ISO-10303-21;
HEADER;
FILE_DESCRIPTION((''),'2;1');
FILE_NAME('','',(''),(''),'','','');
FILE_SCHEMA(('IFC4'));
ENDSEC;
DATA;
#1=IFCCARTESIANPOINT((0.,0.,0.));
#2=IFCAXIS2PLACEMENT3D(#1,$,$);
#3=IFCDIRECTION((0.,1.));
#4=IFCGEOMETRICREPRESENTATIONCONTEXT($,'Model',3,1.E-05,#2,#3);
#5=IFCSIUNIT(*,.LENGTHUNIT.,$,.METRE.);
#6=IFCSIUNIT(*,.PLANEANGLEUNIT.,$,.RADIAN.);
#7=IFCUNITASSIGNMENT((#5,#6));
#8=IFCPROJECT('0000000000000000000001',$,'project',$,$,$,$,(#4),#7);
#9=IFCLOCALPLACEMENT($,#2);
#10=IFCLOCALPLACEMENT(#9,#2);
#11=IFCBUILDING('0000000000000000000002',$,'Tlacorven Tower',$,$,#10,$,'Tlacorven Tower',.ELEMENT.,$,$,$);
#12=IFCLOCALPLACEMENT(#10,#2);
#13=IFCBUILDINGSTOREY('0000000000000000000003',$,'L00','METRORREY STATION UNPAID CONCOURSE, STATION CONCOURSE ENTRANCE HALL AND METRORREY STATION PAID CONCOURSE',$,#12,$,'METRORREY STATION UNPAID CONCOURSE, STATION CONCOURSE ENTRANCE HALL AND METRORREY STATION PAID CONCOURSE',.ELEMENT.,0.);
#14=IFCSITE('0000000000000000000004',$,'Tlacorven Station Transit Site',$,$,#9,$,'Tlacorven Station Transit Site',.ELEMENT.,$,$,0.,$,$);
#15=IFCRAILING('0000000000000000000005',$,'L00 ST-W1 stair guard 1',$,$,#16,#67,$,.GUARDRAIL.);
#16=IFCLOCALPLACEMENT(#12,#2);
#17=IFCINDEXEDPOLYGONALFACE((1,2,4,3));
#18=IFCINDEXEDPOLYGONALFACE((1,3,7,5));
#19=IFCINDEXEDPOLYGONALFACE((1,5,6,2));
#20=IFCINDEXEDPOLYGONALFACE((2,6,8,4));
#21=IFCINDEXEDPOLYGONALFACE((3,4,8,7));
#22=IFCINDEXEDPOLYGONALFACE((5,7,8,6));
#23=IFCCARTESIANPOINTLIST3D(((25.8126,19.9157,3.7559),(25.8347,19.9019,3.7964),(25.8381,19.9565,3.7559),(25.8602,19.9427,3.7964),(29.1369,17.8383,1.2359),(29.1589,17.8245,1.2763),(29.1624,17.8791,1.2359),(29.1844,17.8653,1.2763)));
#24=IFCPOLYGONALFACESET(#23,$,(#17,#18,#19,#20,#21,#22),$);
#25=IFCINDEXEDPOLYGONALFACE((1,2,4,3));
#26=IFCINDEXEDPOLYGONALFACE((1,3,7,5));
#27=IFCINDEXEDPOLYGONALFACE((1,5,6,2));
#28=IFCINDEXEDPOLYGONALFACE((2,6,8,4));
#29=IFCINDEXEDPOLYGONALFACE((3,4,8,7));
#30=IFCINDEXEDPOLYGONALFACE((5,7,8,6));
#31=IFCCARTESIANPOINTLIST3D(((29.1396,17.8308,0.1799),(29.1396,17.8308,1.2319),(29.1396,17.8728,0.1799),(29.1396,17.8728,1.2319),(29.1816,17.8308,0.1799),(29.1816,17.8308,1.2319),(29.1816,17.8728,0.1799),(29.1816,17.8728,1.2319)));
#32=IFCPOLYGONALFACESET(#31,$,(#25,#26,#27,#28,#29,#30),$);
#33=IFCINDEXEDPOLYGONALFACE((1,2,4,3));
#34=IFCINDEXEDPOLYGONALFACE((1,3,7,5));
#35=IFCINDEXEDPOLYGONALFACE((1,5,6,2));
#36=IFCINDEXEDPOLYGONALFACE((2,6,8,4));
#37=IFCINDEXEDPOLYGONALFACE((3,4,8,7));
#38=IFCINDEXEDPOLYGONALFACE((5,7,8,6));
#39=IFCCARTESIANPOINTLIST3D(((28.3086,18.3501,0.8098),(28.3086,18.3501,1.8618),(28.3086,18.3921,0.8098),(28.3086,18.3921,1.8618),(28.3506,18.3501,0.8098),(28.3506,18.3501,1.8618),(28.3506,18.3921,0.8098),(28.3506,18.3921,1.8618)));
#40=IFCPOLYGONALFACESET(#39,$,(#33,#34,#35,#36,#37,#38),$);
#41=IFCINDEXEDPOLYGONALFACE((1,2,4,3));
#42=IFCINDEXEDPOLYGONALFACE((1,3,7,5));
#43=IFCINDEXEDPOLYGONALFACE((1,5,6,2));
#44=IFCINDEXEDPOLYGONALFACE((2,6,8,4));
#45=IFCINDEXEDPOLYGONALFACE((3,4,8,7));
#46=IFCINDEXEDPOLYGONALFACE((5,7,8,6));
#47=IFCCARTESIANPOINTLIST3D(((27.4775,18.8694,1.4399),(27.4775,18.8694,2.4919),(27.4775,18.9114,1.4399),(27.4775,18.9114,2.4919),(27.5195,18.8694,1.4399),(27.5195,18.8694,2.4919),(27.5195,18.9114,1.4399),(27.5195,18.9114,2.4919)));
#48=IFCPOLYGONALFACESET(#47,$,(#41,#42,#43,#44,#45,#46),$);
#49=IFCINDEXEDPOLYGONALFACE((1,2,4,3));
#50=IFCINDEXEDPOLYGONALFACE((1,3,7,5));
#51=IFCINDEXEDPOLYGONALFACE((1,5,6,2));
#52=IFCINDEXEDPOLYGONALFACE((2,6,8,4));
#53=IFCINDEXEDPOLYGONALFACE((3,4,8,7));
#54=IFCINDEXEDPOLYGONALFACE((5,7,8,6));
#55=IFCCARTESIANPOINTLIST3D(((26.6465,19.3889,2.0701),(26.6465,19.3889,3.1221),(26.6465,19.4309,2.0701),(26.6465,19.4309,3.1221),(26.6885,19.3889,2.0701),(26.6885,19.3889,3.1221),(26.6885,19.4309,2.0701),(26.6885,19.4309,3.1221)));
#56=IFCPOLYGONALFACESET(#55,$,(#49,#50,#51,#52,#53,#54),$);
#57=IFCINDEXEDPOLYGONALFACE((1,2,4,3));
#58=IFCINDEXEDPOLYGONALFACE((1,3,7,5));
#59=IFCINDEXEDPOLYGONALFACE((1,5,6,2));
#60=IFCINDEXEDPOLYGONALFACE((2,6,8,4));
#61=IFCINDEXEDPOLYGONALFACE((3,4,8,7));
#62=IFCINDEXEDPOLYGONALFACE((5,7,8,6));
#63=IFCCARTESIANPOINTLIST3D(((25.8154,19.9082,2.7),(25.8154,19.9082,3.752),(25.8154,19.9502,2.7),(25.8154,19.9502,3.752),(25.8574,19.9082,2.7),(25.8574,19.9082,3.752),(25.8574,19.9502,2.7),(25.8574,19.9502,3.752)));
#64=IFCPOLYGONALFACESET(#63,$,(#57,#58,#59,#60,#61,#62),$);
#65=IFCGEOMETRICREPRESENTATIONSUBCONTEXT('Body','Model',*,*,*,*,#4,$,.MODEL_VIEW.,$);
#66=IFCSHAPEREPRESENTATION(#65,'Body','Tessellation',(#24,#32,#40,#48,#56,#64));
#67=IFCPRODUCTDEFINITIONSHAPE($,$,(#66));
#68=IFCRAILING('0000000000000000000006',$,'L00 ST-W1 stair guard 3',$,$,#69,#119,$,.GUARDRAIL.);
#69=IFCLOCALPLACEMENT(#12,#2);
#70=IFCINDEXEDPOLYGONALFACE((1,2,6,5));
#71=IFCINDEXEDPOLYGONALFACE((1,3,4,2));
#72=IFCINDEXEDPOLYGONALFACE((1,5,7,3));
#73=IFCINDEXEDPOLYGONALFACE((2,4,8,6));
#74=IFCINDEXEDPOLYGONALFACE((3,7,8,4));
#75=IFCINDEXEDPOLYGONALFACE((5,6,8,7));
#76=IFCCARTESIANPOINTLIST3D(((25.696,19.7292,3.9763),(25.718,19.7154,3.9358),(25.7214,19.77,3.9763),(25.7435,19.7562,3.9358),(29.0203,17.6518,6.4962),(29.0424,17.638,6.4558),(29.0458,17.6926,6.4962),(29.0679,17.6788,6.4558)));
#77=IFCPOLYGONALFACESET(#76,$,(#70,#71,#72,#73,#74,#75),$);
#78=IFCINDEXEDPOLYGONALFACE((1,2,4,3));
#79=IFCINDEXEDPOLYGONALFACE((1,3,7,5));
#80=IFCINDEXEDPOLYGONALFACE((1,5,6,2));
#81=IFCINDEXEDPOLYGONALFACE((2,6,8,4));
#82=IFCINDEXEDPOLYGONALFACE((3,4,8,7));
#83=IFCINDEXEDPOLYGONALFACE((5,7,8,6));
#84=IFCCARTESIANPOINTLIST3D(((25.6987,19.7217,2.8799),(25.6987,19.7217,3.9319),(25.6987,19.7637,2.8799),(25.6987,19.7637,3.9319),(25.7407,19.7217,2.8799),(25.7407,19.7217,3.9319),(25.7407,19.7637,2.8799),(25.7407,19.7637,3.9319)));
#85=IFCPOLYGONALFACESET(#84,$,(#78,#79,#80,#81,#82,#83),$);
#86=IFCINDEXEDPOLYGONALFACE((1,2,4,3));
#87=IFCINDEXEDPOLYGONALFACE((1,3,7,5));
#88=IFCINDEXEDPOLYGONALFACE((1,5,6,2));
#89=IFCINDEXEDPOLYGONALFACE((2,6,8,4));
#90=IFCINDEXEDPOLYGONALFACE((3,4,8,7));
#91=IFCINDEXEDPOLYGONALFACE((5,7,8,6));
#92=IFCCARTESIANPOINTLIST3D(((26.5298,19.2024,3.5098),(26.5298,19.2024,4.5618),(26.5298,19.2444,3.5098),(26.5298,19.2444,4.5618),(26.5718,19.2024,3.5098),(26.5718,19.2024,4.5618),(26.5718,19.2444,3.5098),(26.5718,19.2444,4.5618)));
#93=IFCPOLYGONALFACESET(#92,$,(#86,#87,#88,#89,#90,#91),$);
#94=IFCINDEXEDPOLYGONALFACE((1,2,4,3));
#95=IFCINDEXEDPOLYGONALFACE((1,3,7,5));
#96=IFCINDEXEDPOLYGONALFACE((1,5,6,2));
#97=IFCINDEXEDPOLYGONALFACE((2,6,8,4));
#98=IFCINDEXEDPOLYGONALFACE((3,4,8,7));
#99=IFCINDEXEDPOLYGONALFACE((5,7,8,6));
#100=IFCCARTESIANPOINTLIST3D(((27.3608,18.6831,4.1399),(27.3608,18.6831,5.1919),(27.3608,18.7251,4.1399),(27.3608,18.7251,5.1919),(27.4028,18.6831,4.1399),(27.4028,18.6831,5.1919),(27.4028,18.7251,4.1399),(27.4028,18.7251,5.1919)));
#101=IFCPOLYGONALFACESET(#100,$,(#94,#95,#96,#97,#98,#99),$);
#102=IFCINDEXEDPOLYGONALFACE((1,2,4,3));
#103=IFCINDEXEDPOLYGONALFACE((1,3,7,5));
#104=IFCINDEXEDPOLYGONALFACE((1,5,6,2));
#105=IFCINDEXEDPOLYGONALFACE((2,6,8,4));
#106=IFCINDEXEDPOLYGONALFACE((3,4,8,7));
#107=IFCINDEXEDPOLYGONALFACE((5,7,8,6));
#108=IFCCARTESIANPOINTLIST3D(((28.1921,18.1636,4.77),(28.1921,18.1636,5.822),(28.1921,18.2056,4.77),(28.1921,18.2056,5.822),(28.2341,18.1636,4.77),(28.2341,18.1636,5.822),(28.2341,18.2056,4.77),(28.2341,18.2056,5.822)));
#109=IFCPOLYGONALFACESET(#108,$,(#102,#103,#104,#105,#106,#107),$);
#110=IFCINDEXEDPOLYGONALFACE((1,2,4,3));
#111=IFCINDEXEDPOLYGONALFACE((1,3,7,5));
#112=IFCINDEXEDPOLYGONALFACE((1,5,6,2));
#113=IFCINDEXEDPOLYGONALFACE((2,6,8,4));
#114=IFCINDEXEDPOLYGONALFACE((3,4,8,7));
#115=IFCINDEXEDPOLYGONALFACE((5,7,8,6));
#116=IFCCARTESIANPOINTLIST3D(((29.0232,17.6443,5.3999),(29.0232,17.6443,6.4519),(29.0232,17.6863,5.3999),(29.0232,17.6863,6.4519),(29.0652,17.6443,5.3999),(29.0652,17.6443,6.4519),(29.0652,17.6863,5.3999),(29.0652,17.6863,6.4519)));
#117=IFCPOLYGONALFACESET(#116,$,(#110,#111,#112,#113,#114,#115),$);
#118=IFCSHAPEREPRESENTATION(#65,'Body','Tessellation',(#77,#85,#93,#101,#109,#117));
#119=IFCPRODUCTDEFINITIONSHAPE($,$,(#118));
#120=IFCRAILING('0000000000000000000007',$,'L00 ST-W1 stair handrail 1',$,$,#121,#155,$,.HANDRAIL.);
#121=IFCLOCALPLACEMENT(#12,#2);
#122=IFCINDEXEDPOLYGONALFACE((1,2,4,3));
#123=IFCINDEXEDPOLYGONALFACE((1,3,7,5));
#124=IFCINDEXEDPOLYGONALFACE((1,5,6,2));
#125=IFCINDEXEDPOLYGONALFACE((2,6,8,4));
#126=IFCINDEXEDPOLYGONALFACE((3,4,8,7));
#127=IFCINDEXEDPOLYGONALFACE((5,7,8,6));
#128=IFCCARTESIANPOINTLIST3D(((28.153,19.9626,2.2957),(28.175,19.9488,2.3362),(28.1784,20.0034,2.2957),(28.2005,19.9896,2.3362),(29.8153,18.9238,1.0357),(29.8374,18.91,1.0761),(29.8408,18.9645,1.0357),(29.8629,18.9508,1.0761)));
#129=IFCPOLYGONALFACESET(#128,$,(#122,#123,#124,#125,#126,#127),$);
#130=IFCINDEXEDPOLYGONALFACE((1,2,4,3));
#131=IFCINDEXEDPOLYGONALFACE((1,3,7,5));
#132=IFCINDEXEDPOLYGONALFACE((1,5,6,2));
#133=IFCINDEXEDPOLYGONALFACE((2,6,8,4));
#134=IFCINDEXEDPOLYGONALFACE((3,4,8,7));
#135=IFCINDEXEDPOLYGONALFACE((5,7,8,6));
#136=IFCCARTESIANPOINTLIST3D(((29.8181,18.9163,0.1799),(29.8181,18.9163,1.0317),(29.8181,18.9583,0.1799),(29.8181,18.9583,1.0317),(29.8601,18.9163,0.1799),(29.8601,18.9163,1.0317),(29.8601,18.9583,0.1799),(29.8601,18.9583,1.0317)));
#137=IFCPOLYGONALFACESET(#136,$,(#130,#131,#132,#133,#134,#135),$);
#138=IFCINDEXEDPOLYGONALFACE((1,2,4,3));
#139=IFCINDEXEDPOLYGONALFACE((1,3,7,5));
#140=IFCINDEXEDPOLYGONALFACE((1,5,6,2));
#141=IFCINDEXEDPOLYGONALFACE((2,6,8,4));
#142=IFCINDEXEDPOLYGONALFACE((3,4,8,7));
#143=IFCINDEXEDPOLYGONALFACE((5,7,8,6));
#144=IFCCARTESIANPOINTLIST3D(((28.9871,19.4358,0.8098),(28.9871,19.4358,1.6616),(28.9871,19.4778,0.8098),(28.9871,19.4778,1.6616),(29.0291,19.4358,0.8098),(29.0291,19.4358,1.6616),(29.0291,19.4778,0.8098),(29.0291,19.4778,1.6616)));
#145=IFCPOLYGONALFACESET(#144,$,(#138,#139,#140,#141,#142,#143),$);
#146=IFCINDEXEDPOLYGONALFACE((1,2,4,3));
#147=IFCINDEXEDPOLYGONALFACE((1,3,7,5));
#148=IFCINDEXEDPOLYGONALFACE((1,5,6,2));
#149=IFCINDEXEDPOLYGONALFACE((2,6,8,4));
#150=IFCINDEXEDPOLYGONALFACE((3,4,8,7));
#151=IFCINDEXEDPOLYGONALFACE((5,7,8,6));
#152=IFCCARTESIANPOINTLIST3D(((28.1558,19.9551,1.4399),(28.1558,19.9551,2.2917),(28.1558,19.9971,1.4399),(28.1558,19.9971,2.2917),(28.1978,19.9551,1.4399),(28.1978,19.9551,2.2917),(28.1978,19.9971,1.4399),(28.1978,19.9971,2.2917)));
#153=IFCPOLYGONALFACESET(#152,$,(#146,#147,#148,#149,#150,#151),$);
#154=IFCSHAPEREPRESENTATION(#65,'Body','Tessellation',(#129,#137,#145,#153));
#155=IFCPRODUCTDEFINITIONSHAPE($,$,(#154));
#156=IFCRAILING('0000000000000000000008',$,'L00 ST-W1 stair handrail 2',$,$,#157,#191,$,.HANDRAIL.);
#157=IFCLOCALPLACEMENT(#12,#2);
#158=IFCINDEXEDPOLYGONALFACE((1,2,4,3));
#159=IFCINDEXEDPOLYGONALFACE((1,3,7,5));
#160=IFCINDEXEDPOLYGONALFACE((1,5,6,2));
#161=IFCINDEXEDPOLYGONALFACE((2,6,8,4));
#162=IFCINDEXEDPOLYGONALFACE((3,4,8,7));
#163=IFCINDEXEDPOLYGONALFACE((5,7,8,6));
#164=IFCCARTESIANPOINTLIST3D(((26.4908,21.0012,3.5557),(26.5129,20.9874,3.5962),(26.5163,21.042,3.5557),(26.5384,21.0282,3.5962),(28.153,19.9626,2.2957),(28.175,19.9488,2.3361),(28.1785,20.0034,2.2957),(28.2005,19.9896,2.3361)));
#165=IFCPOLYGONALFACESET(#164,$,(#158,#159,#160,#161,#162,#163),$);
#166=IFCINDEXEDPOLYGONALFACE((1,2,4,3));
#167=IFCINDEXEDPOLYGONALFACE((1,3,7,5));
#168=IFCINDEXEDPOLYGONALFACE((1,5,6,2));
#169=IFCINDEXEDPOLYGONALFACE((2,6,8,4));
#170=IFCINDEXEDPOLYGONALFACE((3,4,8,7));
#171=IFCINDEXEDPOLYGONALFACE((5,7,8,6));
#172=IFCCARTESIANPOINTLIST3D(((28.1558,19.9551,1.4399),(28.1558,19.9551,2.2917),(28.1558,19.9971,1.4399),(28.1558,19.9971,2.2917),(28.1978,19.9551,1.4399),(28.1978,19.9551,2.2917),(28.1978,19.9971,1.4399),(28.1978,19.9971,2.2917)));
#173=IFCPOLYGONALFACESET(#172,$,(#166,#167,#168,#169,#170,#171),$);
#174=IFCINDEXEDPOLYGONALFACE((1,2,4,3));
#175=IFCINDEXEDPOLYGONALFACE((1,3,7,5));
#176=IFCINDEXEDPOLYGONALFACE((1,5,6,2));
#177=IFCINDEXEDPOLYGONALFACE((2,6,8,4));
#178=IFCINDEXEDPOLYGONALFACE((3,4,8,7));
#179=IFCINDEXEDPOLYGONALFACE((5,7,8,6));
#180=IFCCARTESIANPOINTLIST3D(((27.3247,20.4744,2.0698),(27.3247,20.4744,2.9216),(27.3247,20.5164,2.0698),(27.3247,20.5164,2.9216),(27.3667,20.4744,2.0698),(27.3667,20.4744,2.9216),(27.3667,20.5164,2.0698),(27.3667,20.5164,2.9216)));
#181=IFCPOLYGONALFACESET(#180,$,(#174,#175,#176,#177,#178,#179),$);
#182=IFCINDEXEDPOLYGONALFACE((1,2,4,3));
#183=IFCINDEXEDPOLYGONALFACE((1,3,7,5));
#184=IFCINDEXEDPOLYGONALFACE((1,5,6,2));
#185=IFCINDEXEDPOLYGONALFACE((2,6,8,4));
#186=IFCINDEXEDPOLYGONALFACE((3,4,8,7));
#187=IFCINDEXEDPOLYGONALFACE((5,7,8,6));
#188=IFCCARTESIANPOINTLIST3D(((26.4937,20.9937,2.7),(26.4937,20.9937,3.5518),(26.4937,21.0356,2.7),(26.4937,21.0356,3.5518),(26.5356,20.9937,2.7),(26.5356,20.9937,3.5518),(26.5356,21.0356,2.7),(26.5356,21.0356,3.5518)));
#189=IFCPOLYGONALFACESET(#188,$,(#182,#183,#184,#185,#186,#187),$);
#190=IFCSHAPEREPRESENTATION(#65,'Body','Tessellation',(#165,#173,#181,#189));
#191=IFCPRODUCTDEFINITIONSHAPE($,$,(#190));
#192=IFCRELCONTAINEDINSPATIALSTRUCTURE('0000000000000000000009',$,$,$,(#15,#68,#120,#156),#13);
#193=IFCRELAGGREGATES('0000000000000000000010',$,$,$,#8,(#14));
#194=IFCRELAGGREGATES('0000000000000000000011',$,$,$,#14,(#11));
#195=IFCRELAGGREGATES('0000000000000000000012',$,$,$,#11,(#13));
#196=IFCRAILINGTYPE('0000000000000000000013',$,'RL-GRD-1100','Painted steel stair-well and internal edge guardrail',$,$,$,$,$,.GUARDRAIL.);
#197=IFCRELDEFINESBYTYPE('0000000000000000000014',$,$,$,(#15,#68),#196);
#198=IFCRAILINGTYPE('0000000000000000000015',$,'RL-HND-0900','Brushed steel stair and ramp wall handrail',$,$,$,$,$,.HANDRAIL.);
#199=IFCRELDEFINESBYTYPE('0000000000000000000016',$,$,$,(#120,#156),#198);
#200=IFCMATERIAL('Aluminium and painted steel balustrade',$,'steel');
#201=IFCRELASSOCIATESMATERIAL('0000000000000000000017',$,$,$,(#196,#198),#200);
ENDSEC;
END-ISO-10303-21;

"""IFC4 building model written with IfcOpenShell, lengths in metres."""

from ifc_helpers import new_model, si_unit, direction, frame, origin, origin_2d, place, context, subcontext, project, spatial, rectangle, extrude, source, transform, mapped, material, type_object, element, save


model = new_model("IFC4")

# Units and contexts
model_context = context("Model", 3, precision=1e-05, world=origin(), true_north=direction((0.0, 1.0)))
body_context = subcontext(model_context, "Body", "Model", "MODEL_VIEW")
ifc_project = project(units=[si_unit("LENGTHUNIT", "METRE"), si_unit("PLANEANGLEUNIT", "RADIAN")], contexts=[model_context])

# Site, building, storey
site_placement = place(None, origin())
site = spatial("IfcSite", under=ifc_project, at=site_placement, Name="Tlacorven Station Transit Site", LongName="Tlacorven Station Transit Site", CompositionType="ELEMENT", RefElevation=0.0)
building_placement = place(site_placement, origin())
building = spatial("IfcBuilding", under=site, at=building_placement, Name="Tlacorven Tower", LongName="Tlacorven Tower", CompositionType="ELEMENT")
storey_placement = place(building_placement, origin())
storey = spatial("IfcBuildingStorey", under=building, at=storey_placement, Name="L00", Description="METRORREY STATION UNPAID CONCOURSE, STATION CONCOURSE ENTRANCE HALL AND METRORREY STATION PAID CONCOURSE", LongName="METRORREY STATION UNPAID CONCOURSE, STATION CONCOURSE ENTRANCE HALL AND METRORREY STATION PAID CONCOURSE", CompositionType="ELEMENT", Elevation=0.0)

# Railings
ifc_material_1 = material(Name="Aluminium and painted steel balustrade", Category="steel")
railing_type_1 = type_object("IfcRailingType", Name="RL-GRD-1100", Description="Painted steel stair-well and internal edge guardrail", PredefinedType="GUARDRAIL", material=ifc_material_1)
shared_shape_1 = source(origin(), body_context, "Body", "SweptSolid", [
    extrude(rectangle(XDim=0.0481, YDim=0.0481, at=origin_2d()), frame((0.0, 0.0, 1.0762), z_axis=(-0.713337, 0.445783, 0.540766), x_axis=(-0.529954, -0.848026, 0.0)), (0.0, 0.0, 1.0), 4.6602),
    extrude(rectangle(XDim=0.042, YDim=0.042, at=origin_2d()), origin(), (0.0, 0.0, 1.0), 1.052),
    extrude(rectangle(XDim=0.042, YDim=0.042, at=origin_2d()), frame((-0.8311, 0.5193, 0.6299)), (0.0, 0.0, 1.0), 1.052),
    extrude(rectangle(XDim=0.042, YDim=0.042, at=origin_2d()), frame((-1.6621, 1.0386, 1.26)), (0.0, 0.0, 1.0), 1.052),
    extrude(rectangle(XDim=0.042, YDim=0.042, at=origin_2d()), frame((-2.4932, 1.5581, 1.8901)), (0.0, 0.0, 1.0), 1.052),
    extrude(rectangle(XDim=0.042, YDim=0.042, at=origin_2d()), frame((-3.3242, 2.0774, 2.52)), (0.0, 0.0, 1.0), 1.052),
])
railing_1_placement = place(storey_placement, frame((29.1606, 17.8518, 0.1799)))
element("IfcRailing", 1, at=railing_1_placement, inside=storey, type_object=railing_type_1, Name="L00 ST-W1 stair guard 1", PredefinedType="GUARDRAIL", context=body_context, shape_type="MappedRepresentation", body=[
    mapped(shared_shape_1, transform((0.0, 0.0, 0.0), scale=1.0)),
])
shared_shape_2 = source(origin(), body_context, "Body", "SweptSolid", [
    extrude(rectangle(XDim=0.0481, YDim=0.0481, at=origin_2d()), frame((0.0, 0.0, 1.0762), z_axis=(0.713363, -0.445767, 0.540745), x_axis=(0.529926, 0.848044, 0.0)), (0.0, 0.0, 1.0), 4.6602),
    extrude(rectangle(XDim=0.042, YDim=0.042, at=origin_2d()), origin(), (0.0, 0.0, 1.0), 1.052),
    extrude(rectangle(XDim=0.042, YDim=0.042, at=origin_2d()), frame((0.8311, -0.5193, 0.6299)), (0.0, 0.0, 1.0), 1.052),
    extrude(rectangle(XDim=0.042, YDim=0.042, at=origin_2d()), frame((1.6621, -1.0386, 1.26)), (0.0, 0.0, 1.0), 1.052),
    extrude(rectangle(XDim=0.042, YDim=0.042, at=origin_2d()), frame((2.4934, -1.5581, 1.8901)), (0.0, 0.0, 1.0), 1.052),
    extrude(rectangle(XDim=0.042, YDim=0.042, at=origin_2d()), frame((3.3245, -2.0774, 2.52)), (0.0, 0.0, 1.0), 1.052),
])
railing_2_placement = place(storey_placement, frame((25.7197, 19.7427, 2.8799)))
element("IfcRailing", 2, at=railing_2_placement, inside=storey, type_object=railing_type_1, Name="L00 ST-W1 stair guard 3", PredefinedType="GUARDRAIL", context=body_context, shape_type="MappedRepresentation", body=[
    mapped(shared_shape_2, transform((0.0, 0.0, 0.0), scale=1.0)),
])
railing_type_2 = type_object("IfcRailingType", Name="RL-HND-0900", Description="Brushed steel stair and ramp wall handrail", PredefinedType="HANDRAIL", material=ifc_material_1)
shared_shape_3 = source(origin(), body_context, "Body", "SweptSolid", [
    extrude(rectangle(XDim=0.0481, YDim=0.0481, at=origin_2d()), frame((0.0, 0.0, 0.876), z_axis=(-0.713372, 0.445792, 0.540713), x_axis=(-0.529943, -0.848033, 0.0)), (0.0, 0.0, 1.0), 2.3303),
    extrude(rectangle(XDim=0.042, YDim=0.042, at=origin_2d()), origin(), (0.0, 0.0, 1.0), 0.8518),
    extrude(rectangle(XDim=0.042, YDim=0.042, at=origin_2d()), frame((-0.8311, 0.5195, 0.6299)), (0.0, 0.0, 1.0), 0.8518),
    extrude(rectangle(XDim=0.042, YDim=0.042, at=origin_2d()), frame((-1.6624, 1.0388, 1.26)), (0.0, 0.0, 1.0), 0.8518),
])
railing_3_placement = place(storey_placement, frame((29.8391, 18.9373, 0.1799)))
element("IfcRailing", 3, at=railing_3_placement, inside=storey, type_object=railing_type_2, Name="L00 ST-W1 stair handrail 1", PredefinedType="HANDRAIL", context=body_context, shape_type="MappedRepresentation", body=[
    mapped(shared_shape_3, transform((0.0, 0.0, 0.0), scale=1.0)),
])
shared_shape_4 = source(origin(), body_context, "Body", "SweptSolid", [
    extrude(rectangle(XDim=0.0481, YDim=0.0481, at=origin_2d()), frame((0.0, 0.0, 0.876), z_axis=(-0.713354, 0.445741, 0.540778), x_axis=(-0.529909, -0.848054, 0.0)), (0.0, 0.0, 1.0), 2.3301),
    extrude(rectangle(XDim=0.042, YDim=0.042, at=origin_2d()), origin(), (0.0, 0.0, 1.0), 0.8518),
    extrude(rectangle(XDim=0.042, YDim=0.042, at=origin_2d()), frame((-0.8311, 0.5193, 0.6299)), (0.0, 0.0, 1.0), 0.8518),
    extrude(rectangle(XDim=0.042, YDim=0.042, at=origin_2d()), frame((-1.6621, 1.0386, 1.26)), (0.0, 0.0, 1.0), 0.8518),
])
railing_4_placement = place(storey_placement, frame((28.1768, 19.9761, 1.4399)))
element("IfcRailing", 4, at=railing_4_placement, inside=storey, type_object=railing_type_2, Name="L00 ST-W1 stair handrail 2", PredefinedType="HANDRAIL", context=body_context, shape_type="MappedRepresentation", body=[
    mapped(shared_shape_4, transform((0.0, 0.0, 0.0), scale=1.0)),
])

save(model, "model.ifc")
